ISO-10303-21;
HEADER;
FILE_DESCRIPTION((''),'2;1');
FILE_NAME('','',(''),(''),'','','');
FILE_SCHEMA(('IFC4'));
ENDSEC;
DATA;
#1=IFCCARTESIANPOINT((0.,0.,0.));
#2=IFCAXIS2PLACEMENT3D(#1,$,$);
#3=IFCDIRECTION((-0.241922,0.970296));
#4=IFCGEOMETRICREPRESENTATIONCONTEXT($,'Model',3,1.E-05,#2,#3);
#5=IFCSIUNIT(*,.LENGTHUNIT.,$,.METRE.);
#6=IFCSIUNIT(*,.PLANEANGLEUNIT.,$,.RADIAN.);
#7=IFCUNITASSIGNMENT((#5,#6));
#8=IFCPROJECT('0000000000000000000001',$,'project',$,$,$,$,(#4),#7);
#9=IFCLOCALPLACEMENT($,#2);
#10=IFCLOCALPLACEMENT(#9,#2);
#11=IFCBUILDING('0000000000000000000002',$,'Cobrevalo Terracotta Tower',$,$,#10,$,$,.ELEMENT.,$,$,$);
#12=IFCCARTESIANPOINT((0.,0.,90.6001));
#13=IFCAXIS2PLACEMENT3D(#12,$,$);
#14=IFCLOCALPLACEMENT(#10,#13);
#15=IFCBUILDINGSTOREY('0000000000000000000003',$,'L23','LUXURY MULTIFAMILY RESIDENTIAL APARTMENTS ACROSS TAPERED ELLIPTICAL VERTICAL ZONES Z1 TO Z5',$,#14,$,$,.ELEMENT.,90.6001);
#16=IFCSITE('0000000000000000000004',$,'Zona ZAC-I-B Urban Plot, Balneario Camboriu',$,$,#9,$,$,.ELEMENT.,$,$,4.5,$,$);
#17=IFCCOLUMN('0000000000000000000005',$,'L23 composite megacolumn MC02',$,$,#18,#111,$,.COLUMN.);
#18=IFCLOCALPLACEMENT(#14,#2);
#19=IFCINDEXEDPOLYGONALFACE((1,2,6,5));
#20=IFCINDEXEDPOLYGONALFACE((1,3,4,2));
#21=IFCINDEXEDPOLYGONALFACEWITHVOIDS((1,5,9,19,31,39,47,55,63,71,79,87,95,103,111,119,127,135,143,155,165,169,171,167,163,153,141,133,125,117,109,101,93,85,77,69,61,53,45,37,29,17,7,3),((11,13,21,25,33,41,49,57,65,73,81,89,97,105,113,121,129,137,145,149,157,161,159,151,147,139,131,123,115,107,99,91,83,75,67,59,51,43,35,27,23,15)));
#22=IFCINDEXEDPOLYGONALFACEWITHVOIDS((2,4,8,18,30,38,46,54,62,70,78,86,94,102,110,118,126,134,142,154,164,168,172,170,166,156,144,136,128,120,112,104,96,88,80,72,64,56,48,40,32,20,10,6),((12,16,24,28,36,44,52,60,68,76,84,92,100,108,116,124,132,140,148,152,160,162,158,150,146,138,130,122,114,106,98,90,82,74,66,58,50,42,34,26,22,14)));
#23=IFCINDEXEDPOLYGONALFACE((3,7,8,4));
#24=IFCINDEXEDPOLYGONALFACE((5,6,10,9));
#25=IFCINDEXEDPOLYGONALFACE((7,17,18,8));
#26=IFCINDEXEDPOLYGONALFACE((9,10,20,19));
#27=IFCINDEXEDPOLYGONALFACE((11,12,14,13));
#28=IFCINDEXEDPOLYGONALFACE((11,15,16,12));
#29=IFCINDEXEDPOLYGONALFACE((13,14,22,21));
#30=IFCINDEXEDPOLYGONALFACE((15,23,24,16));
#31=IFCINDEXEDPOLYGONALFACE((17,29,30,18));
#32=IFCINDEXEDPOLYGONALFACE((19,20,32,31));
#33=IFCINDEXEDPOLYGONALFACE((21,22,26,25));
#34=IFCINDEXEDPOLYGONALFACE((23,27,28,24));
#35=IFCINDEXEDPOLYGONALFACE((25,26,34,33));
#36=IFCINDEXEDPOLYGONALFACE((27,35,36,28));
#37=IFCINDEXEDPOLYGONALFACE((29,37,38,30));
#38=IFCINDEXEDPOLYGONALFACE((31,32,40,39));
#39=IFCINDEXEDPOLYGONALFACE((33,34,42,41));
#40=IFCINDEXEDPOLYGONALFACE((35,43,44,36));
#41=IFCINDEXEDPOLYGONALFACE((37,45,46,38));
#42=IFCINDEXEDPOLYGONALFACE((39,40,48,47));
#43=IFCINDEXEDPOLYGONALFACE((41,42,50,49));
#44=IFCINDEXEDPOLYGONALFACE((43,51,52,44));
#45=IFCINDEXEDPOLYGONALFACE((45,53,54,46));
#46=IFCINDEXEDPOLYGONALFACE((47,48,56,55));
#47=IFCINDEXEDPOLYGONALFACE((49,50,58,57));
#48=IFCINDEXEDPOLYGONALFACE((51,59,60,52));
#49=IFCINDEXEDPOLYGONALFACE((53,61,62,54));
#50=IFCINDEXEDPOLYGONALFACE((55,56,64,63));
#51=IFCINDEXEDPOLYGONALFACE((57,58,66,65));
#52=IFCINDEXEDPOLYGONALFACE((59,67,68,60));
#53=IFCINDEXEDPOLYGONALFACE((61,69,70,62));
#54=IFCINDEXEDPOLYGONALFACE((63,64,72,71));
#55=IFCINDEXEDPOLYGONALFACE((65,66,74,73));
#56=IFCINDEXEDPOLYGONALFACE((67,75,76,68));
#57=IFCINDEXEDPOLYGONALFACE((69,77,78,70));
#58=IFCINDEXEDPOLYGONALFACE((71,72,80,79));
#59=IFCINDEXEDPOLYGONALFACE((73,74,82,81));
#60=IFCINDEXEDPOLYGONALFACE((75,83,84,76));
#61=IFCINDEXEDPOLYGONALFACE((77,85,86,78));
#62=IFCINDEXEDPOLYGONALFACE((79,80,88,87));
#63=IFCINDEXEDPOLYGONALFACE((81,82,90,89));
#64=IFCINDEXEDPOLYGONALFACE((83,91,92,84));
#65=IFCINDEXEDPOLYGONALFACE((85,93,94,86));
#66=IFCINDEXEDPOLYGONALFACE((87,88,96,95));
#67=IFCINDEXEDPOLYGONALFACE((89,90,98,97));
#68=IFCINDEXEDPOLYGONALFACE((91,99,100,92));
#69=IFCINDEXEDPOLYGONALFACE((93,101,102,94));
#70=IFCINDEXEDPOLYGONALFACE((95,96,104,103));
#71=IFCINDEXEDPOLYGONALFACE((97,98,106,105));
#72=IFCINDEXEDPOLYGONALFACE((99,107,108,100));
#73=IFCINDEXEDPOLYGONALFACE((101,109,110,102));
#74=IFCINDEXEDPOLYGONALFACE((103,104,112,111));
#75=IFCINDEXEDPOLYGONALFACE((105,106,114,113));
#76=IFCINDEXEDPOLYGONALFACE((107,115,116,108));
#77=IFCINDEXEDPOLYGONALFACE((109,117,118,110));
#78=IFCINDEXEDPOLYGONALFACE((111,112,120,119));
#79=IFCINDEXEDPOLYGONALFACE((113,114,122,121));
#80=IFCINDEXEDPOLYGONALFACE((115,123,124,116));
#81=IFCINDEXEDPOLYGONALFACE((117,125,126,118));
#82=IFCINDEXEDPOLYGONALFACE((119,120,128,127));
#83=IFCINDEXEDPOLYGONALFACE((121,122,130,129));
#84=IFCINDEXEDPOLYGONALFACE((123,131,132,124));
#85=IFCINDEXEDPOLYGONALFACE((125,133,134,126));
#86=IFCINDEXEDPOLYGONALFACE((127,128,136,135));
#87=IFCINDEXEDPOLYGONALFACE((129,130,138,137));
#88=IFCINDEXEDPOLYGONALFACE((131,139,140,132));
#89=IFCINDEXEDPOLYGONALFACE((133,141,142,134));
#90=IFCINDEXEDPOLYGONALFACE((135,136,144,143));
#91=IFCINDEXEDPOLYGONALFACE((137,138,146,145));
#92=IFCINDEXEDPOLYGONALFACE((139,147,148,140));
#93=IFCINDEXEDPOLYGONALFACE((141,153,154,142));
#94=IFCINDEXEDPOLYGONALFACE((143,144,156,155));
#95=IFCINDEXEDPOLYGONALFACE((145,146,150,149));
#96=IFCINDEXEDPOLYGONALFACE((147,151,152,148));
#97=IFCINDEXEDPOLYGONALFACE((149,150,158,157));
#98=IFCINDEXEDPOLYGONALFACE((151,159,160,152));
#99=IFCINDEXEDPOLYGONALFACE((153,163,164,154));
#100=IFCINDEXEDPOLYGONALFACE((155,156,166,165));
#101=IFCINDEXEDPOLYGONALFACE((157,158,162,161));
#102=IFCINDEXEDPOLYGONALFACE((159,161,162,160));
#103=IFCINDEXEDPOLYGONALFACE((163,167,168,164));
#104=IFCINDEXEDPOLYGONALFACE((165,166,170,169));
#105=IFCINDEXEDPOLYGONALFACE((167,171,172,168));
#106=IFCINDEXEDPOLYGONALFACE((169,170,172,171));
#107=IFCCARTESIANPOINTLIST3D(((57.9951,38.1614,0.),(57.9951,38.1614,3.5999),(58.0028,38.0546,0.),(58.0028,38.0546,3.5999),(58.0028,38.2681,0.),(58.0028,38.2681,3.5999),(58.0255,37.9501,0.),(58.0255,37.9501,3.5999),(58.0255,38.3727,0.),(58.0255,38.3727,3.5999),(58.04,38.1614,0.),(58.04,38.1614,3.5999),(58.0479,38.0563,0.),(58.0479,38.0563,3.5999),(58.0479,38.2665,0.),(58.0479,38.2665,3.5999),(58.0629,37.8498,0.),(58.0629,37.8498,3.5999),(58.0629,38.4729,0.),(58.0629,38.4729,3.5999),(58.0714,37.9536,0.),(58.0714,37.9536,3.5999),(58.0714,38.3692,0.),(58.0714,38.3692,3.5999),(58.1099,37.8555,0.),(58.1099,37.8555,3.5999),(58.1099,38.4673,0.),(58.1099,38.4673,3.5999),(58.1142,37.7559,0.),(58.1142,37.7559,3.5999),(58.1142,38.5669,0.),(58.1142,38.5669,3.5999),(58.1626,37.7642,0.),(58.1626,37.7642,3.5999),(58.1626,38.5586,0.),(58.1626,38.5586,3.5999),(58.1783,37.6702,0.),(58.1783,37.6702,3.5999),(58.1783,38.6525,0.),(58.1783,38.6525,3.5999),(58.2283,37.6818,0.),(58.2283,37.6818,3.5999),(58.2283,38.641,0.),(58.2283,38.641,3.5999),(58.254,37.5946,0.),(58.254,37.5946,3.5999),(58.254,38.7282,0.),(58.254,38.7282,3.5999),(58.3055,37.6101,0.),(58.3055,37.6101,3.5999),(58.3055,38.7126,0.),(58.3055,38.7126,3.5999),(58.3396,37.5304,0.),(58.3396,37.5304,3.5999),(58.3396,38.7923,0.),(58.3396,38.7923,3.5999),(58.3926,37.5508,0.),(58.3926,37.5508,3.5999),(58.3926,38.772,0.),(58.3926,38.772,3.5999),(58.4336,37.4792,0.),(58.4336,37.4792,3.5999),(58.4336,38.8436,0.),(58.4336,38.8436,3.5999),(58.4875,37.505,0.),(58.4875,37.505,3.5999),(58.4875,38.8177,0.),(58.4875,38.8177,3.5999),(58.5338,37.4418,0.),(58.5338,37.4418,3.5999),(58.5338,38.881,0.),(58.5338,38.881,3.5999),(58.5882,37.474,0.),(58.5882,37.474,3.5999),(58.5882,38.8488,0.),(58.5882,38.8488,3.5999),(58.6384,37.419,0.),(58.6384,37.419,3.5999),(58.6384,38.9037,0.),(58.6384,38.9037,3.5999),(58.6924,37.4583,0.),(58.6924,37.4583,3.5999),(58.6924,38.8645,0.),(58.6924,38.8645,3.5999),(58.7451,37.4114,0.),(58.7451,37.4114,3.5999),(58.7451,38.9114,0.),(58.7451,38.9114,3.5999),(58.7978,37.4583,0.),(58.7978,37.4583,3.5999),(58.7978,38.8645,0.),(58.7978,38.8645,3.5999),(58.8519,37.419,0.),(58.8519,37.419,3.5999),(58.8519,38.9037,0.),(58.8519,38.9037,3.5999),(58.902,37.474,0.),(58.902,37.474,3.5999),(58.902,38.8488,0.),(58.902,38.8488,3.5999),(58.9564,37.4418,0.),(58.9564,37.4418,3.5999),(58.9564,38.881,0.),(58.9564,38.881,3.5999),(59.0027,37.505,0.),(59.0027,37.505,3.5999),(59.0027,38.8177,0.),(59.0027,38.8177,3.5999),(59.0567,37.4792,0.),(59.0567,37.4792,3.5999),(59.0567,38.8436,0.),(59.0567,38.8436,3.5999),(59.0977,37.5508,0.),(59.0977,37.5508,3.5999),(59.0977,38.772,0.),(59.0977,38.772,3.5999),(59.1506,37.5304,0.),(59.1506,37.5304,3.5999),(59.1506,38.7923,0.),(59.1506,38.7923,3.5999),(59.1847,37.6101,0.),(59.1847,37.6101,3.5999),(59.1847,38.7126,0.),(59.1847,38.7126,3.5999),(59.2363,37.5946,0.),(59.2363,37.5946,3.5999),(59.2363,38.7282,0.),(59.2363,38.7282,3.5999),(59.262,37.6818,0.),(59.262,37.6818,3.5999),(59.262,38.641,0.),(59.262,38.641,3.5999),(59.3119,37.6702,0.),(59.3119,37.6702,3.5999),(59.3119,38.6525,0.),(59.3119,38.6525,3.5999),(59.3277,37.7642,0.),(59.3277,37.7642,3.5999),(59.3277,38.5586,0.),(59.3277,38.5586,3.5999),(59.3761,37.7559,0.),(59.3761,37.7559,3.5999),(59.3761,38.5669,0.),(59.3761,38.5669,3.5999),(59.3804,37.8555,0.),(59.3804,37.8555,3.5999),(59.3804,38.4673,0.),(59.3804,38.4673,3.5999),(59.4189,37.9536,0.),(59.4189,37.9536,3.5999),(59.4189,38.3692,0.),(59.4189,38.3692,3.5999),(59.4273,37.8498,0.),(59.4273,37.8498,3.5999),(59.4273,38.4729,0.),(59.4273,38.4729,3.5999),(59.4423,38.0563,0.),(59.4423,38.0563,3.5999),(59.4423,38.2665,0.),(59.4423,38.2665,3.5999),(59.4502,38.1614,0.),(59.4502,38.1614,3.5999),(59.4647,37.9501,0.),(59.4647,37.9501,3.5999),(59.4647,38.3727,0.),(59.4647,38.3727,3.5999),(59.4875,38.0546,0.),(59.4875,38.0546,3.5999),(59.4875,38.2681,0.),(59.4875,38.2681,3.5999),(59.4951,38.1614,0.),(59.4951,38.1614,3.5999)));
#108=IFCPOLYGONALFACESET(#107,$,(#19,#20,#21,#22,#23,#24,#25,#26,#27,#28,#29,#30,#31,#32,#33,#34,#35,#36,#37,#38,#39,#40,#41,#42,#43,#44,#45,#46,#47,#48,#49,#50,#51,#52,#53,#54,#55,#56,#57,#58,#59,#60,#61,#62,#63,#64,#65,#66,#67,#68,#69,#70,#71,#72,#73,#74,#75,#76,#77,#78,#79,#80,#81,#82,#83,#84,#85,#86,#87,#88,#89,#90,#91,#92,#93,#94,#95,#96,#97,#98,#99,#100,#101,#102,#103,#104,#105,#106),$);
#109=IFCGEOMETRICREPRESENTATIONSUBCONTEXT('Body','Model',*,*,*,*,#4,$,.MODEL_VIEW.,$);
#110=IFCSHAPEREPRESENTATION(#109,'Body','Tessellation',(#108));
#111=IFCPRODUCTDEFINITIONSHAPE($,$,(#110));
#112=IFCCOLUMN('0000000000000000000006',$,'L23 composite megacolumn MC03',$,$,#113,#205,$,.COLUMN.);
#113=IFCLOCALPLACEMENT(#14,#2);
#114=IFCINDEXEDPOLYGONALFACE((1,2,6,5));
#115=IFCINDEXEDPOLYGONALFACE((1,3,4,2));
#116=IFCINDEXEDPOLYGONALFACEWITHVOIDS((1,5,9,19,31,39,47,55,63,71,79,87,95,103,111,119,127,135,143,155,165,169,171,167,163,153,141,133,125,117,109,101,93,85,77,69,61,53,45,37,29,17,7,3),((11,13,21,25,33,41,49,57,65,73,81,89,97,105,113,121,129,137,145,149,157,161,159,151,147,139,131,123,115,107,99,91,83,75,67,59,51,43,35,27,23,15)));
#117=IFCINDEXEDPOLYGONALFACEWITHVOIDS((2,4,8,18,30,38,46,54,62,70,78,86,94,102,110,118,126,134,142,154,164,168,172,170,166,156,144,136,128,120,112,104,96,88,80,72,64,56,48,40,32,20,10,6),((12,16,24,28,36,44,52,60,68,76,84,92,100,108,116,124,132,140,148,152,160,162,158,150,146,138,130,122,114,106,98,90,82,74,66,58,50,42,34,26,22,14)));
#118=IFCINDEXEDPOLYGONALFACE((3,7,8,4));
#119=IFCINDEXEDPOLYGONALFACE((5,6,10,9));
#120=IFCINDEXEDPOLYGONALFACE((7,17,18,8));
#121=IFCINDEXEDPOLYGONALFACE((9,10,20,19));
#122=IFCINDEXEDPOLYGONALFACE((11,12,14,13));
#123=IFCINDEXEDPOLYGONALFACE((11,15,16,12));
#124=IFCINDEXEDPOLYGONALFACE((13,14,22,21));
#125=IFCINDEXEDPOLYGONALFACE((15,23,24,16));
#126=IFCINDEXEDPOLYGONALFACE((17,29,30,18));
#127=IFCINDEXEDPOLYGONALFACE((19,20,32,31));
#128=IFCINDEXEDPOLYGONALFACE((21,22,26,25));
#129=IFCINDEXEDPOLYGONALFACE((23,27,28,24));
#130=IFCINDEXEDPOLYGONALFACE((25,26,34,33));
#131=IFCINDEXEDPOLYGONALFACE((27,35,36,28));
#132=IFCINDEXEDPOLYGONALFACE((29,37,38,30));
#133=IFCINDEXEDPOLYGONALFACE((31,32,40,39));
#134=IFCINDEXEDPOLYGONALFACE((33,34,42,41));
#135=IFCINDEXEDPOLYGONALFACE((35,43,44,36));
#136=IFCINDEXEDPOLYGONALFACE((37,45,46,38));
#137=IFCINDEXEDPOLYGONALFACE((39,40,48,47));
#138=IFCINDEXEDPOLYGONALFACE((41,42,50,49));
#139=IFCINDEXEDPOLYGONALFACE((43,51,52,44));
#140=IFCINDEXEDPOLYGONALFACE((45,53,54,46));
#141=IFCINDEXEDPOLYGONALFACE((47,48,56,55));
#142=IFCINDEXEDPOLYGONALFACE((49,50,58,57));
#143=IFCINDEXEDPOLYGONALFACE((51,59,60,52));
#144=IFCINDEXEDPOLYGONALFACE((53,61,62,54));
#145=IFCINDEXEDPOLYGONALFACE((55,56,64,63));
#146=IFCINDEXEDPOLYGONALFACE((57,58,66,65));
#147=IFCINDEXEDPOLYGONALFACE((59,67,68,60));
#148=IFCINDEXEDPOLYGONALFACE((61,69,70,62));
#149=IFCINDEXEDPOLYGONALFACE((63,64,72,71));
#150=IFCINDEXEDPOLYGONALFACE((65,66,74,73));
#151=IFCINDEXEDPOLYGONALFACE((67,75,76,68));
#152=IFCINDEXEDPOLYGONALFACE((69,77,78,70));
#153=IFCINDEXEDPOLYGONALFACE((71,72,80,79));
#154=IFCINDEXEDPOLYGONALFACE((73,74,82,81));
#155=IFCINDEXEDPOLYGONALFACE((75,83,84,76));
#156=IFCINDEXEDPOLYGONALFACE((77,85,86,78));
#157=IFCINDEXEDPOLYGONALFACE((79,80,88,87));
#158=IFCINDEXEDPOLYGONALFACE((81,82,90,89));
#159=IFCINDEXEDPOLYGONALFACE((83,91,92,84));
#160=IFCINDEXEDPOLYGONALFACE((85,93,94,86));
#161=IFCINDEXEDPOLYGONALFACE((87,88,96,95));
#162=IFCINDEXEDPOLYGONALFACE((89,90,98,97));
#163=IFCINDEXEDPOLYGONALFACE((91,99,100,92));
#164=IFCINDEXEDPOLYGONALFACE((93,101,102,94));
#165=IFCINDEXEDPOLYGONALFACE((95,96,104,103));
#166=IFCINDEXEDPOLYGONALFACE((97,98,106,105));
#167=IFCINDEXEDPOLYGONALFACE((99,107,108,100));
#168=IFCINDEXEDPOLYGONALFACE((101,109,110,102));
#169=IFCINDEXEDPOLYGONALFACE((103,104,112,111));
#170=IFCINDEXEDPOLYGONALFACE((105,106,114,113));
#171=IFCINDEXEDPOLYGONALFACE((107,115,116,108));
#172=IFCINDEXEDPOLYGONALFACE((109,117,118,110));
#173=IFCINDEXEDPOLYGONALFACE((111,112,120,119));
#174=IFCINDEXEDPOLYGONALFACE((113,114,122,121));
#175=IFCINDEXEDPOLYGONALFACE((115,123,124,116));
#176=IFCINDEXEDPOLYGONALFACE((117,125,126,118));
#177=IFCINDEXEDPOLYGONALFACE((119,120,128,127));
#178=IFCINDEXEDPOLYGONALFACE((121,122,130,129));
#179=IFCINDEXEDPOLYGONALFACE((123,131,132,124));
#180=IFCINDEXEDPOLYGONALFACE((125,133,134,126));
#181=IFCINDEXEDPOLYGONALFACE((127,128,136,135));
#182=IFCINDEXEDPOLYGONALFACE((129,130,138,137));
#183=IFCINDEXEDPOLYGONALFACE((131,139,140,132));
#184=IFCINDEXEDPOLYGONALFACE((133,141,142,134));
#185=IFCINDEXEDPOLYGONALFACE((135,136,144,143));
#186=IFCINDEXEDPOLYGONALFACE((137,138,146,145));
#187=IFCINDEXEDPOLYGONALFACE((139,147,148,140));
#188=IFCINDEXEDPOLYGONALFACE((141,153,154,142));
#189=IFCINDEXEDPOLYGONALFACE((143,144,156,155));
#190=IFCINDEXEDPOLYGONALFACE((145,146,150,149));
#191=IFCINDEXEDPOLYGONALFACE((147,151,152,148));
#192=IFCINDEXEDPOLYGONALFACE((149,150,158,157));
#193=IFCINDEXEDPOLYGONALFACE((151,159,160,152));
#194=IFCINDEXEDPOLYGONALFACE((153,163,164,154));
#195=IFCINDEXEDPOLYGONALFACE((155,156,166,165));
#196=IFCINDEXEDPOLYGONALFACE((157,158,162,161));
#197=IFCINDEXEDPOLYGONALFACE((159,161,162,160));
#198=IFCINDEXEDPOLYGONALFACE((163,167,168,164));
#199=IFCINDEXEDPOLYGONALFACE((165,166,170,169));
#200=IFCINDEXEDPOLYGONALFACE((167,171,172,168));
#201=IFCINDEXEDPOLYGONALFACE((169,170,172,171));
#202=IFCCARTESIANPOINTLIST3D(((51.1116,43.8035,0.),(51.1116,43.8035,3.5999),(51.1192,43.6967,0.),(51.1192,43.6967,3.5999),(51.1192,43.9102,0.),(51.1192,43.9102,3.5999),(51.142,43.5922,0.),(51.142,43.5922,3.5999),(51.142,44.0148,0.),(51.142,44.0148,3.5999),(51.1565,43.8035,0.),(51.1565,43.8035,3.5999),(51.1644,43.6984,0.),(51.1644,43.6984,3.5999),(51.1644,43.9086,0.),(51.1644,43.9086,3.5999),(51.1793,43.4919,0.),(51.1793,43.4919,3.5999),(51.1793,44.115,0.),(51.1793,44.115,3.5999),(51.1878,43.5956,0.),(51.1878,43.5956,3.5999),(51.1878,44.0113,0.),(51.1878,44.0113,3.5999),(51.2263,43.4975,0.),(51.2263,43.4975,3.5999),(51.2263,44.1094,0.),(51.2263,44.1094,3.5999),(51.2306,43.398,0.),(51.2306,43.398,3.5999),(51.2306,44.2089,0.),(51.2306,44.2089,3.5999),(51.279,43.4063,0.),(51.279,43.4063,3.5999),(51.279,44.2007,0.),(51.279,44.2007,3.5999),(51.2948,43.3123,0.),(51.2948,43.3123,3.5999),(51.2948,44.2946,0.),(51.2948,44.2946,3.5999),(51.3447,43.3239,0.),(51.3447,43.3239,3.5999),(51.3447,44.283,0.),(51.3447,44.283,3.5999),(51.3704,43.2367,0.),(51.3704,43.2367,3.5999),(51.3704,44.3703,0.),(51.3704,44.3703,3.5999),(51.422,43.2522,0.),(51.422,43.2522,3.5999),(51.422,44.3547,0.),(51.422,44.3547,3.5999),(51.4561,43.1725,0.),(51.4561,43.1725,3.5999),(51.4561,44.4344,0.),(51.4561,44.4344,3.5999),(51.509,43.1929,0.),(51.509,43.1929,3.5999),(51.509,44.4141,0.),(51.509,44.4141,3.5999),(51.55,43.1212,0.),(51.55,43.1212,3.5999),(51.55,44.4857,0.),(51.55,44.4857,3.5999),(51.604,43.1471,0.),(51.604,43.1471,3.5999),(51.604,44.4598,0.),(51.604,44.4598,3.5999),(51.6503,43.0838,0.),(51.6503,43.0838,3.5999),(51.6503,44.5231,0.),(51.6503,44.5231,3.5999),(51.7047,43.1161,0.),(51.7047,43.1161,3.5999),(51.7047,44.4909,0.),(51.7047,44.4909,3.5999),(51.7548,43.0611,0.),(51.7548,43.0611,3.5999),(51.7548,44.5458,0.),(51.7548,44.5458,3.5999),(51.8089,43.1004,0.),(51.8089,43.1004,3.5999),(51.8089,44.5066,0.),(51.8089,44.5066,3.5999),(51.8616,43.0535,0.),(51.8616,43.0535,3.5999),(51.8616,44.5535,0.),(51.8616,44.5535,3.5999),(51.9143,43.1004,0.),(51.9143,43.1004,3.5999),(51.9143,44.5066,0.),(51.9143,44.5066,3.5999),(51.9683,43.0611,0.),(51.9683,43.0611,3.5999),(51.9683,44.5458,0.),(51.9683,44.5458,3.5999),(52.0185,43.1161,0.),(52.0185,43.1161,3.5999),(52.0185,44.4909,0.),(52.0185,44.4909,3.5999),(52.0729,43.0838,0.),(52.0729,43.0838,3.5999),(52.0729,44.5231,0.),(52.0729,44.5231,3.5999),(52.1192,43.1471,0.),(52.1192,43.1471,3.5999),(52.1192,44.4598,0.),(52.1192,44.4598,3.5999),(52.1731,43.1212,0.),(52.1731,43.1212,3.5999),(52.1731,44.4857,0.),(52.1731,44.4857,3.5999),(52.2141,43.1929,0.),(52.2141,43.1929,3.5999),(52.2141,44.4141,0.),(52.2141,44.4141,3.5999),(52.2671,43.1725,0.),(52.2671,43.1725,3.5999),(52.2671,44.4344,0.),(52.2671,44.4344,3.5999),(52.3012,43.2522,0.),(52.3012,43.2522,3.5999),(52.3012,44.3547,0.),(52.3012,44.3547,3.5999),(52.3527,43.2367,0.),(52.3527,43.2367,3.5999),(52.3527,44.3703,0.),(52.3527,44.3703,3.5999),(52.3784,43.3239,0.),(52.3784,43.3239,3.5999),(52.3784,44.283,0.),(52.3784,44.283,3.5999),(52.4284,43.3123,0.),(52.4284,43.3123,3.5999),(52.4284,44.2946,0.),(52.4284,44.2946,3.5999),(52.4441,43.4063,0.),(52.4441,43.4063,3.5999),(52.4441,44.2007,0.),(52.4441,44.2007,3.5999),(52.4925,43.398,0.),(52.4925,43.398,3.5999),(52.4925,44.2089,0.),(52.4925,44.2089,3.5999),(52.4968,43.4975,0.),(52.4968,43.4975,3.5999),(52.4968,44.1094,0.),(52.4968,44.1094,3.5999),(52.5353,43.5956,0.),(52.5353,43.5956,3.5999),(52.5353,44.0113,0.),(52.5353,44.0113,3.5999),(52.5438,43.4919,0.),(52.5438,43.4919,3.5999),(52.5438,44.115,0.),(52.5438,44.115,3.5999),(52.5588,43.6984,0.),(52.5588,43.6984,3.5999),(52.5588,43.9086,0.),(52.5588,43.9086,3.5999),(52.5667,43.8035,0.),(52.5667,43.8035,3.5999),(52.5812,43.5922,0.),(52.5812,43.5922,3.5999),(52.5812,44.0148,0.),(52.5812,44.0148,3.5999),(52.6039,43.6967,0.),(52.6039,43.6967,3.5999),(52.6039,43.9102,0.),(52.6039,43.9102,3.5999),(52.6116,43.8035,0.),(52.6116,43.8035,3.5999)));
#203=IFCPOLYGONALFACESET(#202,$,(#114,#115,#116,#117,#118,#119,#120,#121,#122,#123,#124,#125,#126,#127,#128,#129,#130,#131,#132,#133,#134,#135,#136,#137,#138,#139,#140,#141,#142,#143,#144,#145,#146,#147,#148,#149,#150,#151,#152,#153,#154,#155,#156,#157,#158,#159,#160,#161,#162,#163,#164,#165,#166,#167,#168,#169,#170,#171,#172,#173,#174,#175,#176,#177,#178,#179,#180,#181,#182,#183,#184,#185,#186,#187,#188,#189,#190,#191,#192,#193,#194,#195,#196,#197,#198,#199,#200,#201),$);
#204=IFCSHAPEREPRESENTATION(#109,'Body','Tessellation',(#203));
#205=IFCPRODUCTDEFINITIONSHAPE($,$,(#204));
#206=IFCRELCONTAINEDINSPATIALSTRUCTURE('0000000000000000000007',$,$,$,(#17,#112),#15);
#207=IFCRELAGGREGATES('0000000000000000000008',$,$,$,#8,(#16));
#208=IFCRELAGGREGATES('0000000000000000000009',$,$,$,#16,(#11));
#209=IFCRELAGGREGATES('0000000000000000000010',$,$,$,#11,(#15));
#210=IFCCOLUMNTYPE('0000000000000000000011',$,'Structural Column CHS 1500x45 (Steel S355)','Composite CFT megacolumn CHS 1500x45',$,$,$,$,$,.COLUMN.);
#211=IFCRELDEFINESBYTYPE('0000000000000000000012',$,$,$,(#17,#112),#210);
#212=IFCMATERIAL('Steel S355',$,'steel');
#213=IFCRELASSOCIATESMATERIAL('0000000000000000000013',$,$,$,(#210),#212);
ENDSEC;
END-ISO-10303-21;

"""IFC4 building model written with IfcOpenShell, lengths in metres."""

from ifc_helpers import new_model, si_unit, direction, frame, origin, origin_2d, place, context, subcontext, project, spatial, hollow_circle, extrude, material, material_profile, profile_set, type_object, element, save


model = new_model("IFC4")

# Units and contexts
model_context = context("Model", 3, precision=1e-05, world=origin(), true_north=direction((-0.241922, 0.970296)))
body_context = subcontext(model_context, "Body", "Model", "MODEL_VIEW")
ifc_project = project(units=[si_unit("LENGTHUNIT", "METRE"), si_unit("PLANEANGLEUNIT", "RADIAN")], contexts=[model_context])

# Site, building, storey
site_placement = place(None, origin())
site = spatial("IfcSite", under=ifc_project, at=site_placement, Name="Zona ZAC-I-B Urban Plot, Balneario Camboriu", CompositionType="ELEMENT", RefElevation=4.5)
building_placement = place(site_placement, origin())
building = spatial("IfcBuilding", under=site, at=building_placement, Name="Cobrevalo Terracotta Tower", CompositionType="ELEMENT")
storey_placement = place(building_placement, frame((0.0, 0.0, 90.6001)))
storey = spatial("IfcBuildingStorey", under=building, at=storey_placement, Name="L23", Description="LUXURY MULTIFAMILY RESIDENTIAL APARTMENTS ACROSS TAPERED ELLIPTICAL VERTICAL ZONES Z1 TO Z5", CompositionType="ELEMENT", Elevation=90.6001)

# Columns
ifc_material_1 = material(Name="Steel S355", Category="steel")
ifc_material_profile_1 = material_profile(ifc_material_1, hollow_circle(Radius=0.75, WallThickness=0.0449, at=origin_2d()), Name="CHS 1500x45")
ifc_profile_set_1 = profile_set([ifc_material_profile_1], Name="Steel S355")
column_type = type_object("IfcColumnType", Name="Structural Column CHS 1500x45 (Steel S355)", Description="Composite CFT megacolumn CHS 1500x45", PredefinedType="COLUMN", material=ifc_profile_set_1)
for number, where, z_axis, x_axis, name in (
    (1, (58.7451, 38.1614, 0.0), (0.0, 0.0, 1.0), (1.0, 0.0, 0.0), "L23 composite megacolumn MC02"),
    (2, (51.8616, 43.8035, 0.0), (0.0, 0.0, 1.0), (1.0, 0.0, 0.0), "L23 composite megacolumn MC03"),
):
    element("IfcColumn", number, at=place(storey_placement, frame(where, z_axis=z_axis, x_axis=x_axis)), inside=storey, type_object=column_type, Name=name, PredefinedType="COLUMN", context=body_context, shape_type="SweptSolid", body=[
        extrude(hollow_circle(Radius=0.75, WallThickness=0.0449, at=origin_2d()), origin(), (0.0, 0.0, 1.0), 3.5999),
    ])

save(model, "model.ifc")
